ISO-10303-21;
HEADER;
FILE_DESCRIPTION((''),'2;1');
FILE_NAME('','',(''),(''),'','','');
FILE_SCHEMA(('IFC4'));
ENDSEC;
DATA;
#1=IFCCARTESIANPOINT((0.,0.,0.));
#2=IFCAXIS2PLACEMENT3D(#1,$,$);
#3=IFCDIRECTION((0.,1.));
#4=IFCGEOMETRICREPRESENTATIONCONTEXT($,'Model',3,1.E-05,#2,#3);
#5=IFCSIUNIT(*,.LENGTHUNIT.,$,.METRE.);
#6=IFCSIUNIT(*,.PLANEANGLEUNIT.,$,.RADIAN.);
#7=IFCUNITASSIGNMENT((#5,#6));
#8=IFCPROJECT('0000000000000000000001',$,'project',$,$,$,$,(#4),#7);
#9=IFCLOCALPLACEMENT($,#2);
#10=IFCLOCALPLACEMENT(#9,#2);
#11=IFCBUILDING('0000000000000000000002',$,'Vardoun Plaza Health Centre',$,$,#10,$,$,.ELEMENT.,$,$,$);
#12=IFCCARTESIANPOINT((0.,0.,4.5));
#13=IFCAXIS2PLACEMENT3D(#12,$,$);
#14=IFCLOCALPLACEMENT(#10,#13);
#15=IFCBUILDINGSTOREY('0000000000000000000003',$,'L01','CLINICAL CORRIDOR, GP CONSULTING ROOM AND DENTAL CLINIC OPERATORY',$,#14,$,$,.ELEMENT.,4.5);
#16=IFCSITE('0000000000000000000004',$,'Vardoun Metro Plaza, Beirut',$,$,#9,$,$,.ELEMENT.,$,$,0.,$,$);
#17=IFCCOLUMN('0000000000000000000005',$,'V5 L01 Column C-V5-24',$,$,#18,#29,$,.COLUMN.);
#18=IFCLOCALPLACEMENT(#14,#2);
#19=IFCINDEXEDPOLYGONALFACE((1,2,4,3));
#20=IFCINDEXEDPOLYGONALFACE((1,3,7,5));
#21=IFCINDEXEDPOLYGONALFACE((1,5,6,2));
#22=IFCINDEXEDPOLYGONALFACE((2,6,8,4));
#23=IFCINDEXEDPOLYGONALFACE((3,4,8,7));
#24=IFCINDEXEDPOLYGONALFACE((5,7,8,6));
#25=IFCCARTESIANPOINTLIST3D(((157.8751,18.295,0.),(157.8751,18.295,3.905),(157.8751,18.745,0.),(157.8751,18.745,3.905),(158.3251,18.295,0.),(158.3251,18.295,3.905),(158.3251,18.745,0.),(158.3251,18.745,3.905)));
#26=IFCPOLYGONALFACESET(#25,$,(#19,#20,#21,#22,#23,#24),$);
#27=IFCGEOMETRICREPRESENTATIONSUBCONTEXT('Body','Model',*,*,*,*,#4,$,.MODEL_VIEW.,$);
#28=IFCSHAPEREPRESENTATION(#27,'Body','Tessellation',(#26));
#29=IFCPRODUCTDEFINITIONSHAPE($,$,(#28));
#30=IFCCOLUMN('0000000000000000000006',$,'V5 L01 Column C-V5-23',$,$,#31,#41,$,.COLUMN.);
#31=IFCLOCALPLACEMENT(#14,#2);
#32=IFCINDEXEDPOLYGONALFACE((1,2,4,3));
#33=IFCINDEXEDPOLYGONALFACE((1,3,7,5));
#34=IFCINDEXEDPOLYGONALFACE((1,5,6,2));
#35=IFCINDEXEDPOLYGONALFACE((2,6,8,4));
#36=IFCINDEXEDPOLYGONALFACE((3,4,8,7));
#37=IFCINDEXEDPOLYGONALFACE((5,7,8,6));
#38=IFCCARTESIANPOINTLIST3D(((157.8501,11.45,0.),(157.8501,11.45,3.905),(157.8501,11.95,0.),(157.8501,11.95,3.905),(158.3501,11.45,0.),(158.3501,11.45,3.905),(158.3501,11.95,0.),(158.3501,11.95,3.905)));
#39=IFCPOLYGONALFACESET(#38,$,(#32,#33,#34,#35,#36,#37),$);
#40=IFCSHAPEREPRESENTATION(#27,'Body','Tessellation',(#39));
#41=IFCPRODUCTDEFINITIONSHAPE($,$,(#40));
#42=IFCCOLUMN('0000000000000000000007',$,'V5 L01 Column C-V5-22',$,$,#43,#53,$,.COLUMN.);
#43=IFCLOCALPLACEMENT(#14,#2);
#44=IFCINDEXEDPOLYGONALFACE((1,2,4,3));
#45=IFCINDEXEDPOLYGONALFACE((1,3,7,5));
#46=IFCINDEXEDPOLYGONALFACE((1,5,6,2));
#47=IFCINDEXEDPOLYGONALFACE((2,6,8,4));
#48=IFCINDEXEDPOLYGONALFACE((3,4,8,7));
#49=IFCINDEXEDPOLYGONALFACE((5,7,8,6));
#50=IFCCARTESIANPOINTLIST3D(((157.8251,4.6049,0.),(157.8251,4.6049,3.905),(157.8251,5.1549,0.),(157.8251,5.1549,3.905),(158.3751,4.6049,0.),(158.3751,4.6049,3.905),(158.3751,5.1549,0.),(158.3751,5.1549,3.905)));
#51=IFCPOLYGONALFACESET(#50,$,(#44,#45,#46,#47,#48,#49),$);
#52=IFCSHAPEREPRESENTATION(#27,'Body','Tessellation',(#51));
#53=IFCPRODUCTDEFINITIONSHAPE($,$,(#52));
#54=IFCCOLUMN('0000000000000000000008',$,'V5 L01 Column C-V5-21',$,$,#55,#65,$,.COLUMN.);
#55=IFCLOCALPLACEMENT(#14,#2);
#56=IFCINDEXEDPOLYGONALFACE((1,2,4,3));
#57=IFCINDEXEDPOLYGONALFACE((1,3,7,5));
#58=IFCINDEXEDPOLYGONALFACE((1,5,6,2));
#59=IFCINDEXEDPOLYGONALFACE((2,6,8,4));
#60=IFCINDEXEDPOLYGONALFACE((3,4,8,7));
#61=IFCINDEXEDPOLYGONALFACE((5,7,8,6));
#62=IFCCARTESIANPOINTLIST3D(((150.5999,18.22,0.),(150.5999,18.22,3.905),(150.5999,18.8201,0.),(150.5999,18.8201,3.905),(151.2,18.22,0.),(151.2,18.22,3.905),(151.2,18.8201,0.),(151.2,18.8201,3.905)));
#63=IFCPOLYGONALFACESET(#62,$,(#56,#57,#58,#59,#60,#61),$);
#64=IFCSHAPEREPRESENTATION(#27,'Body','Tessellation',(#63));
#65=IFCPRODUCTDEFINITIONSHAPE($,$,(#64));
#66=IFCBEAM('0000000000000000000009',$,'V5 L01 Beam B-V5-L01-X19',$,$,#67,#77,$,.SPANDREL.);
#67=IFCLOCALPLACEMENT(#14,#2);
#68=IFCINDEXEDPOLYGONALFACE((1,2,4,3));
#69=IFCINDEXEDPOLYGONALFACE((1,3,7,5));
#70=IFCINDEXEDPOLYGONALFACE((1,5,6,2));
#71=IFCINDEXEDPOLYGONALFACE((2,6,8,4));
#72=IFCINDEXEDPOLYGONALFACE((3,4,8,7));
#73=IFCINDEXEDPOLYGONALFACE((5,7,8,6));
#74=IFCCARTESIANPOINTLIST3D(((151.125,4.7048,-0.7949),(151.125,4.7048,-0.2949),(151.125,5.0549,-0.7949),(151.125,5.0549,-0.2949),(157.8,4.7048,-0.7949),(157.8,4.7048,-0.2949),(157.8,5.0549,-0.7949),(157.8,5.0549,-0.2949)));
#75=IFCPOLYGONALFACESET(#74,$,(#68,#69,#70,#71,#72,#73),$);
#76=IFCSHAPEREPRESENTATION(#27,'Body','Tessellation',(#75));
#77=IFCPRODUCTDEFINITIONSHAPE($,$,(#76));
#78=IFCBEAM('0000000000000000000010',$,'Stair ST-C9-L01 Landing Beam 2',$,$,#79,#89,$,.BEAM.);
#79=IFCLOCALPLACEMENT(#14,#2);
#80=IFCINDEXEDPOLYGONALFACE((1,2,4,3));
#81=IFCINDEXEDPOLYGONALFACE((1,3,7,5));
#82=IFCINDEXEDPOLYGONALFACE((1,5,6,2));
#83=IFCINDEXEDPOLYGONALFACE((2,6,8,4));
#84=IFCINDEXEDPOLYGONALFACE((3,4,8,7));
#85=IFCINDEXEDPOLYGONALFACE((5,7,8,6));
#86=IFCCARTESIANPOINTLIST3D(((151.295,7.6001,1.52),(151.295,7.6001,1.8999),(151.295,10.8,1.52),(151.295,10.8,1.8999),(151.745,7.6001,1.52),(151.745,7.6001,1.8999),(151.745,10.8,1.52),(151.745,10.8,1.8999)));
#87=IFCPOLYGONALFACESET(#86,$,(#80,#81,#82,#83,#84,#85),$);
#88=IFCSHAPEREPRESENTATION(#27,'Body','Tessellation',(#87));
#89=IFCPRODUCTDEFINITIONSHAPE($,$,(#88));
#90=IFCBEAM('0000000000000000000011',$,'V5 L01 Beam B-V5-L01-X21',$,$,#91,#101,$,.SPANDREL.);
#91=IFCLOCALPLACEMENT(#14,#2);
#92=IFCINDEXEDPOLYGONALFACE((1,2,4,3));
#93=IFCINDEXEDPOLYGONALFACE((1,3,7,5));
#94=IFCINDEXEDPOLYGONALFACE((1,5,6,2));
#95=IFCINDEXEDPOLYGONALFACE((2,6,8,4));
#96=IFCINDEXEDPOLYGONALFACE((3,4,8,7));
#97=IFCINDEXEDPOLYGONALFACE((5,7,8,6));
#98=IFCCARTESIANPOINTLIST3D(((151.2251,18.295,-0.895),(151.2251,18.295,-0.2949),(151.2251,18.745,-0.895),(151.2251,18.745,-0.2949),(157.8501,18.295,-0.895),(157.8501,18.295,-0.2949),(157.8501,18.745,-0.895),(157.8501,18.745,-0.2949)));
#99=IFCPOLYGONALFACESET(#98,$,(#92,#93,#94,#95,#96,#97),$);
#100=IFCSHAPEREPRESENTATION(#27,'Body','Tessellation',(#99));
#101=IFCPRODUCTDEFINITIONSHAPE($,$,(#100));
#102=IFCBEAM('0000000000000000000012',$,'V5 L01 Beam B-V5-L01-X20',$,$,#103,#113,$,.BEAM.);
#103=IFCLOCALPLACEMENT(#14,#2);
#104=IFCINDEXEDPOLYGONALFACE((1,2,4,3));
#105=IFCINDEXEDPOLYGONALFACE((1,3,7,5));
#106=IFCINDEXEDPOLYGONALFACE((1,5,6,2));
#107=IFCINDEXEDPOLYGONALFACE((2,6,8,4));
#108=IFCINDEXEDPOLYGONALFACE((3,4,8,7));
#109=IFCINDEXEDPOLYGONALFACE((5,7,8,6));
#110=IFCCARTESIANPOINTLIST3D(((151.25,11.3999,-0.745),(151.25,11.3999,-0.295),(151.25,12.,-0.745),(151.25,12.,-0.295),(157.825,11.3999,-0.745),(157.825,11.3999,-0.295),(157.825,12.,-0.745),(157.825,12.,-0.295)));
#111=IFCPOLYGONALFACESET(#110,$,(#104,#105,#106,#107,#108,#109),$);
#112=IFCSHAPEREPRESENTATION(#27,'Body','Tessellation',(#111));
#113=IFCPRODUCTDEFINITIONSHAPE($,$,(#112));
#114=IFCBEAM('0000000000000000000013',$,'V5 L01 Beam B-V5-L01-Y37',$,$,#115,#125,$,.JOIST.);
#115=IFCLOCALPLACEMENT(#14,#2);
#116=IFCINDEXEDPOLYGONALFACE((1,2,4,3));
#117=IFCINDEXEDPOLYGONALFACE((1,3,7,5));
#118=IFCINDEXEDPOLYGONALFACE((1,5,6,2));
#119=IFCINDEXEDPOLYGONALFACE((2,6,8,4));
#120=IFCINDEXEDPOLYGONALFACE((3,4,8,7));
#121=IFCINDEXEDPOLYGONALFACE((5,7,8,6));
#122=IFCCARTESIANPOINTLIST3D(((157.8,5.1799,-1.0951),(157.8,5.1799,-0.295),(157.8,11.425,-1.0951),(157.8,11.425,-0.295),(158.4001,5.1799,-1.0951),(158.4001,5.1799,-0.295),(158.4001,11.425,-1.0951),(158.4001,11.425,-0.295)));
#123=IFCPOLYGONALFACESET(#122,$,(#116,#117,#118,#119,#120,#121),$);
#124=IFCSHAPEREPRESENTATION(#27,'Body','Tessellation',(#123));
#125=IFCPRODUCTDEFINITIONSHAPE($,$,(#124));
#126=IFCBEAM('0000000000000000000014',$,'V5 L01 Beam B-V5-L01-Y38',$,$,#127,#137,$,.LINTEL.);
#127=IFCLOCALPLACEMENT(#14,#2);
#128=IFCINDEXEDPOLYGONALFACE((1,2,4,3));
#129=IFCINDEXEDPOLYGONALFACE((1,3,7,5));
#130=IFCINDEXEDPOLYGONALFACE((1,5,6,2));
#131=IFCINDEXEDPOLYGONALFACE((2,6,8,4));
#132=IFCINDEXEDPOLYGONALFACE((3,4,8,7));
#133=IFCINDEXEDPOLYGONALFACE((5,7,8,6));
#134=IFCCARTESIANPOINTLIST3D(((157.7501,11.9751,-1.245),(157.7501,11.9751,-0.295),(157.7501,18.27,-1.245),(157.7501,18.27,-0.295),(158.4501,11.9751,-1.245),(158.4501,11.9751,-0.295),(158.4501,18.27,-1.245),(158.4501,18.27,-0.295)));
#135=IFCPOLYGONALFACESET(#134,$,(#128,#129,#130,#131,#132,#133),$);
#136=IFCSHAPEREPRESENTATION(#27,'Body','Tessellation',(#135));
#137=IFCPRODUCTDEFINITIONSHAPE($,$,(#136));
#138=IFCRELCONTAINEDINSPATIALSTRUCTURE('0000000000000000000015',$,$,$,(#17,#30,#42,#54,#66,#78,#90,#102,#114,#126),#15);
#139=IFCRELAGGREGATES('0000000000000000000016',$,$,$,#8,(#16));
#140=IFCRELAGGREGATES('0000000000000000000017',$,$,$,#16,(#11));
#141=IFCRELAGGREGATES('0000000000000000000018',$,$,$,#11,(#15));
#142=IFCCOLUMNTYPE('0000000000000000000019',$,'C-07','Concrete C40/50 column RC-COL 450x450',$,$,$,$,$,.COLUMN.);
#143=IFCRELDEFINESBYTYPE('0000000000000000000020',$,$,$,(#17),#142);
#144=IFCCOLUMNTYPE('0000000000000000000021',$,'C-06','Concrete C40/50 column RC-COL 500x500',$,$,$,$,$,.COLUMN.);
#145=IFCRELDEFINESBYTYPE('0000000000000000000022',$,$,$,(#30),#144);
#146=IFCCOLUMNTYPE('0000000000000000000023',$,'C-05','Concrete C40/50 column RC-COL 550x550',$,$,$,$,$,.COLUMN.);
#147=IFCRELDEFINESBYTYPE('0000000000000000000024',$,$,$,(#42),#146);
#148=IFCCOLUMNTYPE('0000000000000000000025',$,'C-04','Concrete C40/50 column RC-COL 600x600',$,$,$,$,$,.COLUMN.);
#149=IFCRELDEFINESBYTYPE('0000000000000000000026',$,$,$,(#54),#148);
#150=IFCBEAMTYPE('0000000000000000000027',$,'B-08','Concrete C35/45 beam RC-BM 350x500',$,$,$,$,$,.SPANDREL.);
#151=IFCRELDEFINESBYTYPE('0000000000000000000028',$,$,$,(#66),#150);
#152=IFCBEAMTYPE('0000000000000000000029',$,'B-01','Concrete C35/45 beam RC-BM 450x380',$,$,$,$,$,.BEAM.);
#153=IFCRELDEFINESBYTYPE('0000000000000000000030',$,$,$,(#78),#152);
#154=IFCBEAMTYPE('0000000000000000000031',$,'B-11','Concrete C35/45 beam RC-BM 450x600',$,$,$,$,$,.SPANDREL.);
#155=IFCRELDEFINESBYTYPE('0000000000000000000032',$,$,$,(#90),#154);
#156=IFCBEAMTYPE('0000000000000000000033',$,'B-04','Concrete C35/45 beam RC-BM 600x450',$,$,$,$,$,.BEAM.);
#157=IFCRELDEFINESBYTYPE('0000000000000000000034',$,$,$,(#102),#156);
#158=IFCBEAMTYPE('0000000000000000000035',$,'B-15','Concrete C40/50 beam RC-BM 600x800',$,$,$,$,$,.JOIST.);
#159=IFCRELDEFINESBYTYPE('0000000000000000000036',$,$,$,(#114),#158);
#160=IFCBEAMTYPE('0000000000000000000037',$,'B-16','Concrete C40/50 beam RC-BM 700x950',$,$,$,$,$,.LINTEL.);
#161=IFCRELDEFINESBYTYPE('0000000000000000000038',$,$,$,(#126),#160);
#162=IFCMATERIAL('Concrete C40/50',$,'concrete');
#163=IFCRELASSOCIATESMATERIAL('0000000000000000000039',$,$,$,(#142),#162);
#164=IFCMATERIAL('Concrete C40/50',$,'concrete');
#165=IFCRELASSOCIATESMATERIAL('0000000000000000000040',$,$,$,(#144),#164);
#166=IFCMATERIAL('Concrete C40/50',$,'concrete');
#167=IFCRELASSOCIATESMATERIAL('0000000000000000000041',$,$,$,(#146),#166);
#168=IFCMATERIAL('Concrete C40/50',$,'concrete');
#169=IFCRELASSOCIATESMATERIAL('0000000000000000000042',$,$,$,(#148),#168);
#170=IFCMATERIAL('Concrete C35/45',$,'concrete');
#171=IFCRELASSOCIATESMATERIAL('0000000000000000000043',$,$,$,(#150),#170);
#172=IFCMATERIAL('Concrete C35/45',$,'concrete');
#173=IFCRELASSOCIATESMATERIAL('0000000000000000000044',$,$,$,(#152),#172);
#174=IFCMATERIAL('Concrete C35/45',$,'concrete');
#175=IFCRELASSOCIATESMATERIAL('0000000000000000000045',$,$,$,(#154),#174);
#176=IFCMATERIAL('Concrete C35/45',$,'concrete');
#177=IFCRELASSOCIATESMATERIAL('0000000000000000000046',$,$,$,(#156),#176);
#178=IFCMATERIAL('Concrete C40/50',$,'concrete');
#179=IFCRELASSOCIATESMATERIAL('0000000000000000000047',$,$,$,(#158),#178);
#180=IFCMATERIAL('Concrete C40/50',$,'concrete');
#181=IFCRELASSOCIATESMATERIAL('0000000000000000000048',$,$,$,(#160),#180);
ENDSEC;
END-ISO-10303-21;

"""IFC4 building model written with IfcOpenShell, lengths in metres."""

from ifc_helpers import new_model, si_unit, direction, frame, origin, origin_2d, place, context, subcontext, project, spatial, rectangle, extrude, material, material_profile, profile_set, type_object, element, save


model = new_model("IFC4")

# Units and contexts
model_context = context("Model", 3, precision=1e-05, world=origin(), true_north=direction((0.0, 1.0)))
body_context = subcontext(model_context, "Body", "Model", "MODEL_VIEW")
ifc_project = project(units=[si_unit("LENGTHUNIT", "METRE"), si_unit("PLANEANGLEUNIT", "RADIAN")], contexts=[model_context])

# Site, building, storey
site_placement = place(None, origin())
site = spatial("IfcSite", under=ifc_project, at=site_placement, Name="Vardoun Metro Plaza, Beirut", CompositionType="ELEMENT", RefElevation=0.0)
building_placement = place(site_placement, origin())
building = spatial("IfcBuilding", under=site, at=building_placement, Name="Vardoun Plaza Health Centre", CompositionType="ELEMENT")
storey_placement = place(building_placement, frame((0.0, 0.0, 4.5)))
storey = spatial("IfcBuildingStorey", under=building, at=storey_placement, Name="L01", Description="CLINICAL CORRIDOR, GP CONSULTING ROOM AND DENTAL CLINIC OPERATORY", CompositionType="ELEMENT", Elevation=4.5)

# Columns
ifc_material_1 = material(Name="Concrete C40/50", Category="concrete")
ifc_material_profile_1 = material_profile(ifc_material_1, rectangle(XDim=0.45, YDim=0.45, at=origin_2d()), Name="RC-COL 450x450")
ifc_profile_set_1 = profile_set([ifc_material_profile_1], Name="Concrete C40/50")
column_type_1 = type_object("IfcColumnType", Name="C-07", Description="Concrete C40/50 column RC-COL 450x450", PredefinedType="COLUMN", material=ifc_profile_set_1)
column_1_placement = place(storey_placement, frame((158.1001, 18.52, 0.0), z_axis=(0.0, 0.0, 1.0), x_axis=(1.0, 0.0, 0.0)))
element("IfcColumn", 1, at=column_1_placement, inside=storey, type_object=column_type_1, Name="V5 L01 Column C-V5-24", PredefinedType="COLUMN", context=body_context, shape_type="SweptSolid", body=[
    extrude(rectangle(XDim=0.45, YDim=0.45, at=origin_2d()), origin(), (0.0, 0.0, 1.0), 3.905),
])
ifc_material_2 = material(Name="Concrete C40/50", Category="concrete")
ifc_material_profile_2 = material_profile(ifc_material_2, rectangle(XDim=0.5, YDim=0.5, at=origin_2d()), Name="RC-COL 500x500")
ifc_profile_set_2 = profile_set([ifc_material_profile_2], Name="Concrete C40/50")
column_type_2 = type_object("IfcColumnType", Name="C-06", Description="Concrete C40/50 column RC-COL 500x500", PredefinedType="COLUMN", material=ifc_profile_set_2)
column_2_placement = place(storey_placement, frame((158.1001, 11.7, 0.0), z_axis=(0.0, 0.0, 1.0), x_axis=(1.0, 0.0, 0.0)))
element("IfcColumn", 2, at=column_2_placement, inside=storey, type_object=column_type_2, Name="V5 L01 Column C-V5-23", PredefinedType="COLUMN", context=body_context, shape_type="SweptSolid", body=[
    extrude(rectangle(XDim=0.5, YDim=0.5, at=origin_2d()), origin(), (0.0, 0.0, 1.0), 3.905),
])
ifc_material_3 = material(Name="Concrete C40/50", Category="concrete")
ifc_material_profile_3 = material_profile(ifc_material_3, rectangle(XDim=0.55, YDim=0.55, at=origin_2d()), Name="RC-COL 550x550")
ifc_profile_set_3 = profile_set([ifc_material_profile_3], Name="Concrete C40/50")
column_type_3 = type_object("IfcColumnType", Name="C-05", Description="Concrete C40/50 column RC-COL 550x550", PredefinedType="COLUMN", material=ifc_profile_set_3)
column_3_placement = place(storey_placement, frame((158.1001, 4.8799, 0.0), z_axis=(0.0, 0.0, 1.0), x_axis=(1.0, 0.0, 0.0)))
element("IfcColumn", 3, at=column_3_placement, inside=storey, type_object=column_type_3, Name="V5 L01 Column C-V5-22", PredefinedType="COLUMN", context=body_context, shape_type="SweptSolid", body=[
    extrude(rectangle(XDim=0.55, YDim=0.55, at=origin_2d()), origin(), (0.0, 0.0, 1.0), 3.905),
])
ifc_material_4 = material(Name="Concrete C40/50", Category="concrete")
ifc_material_profile_4 = material_profile(ifc_material_4, rectangle(XDim=0.6001, YDim=0.6001, at=origin_2d()), Name="RC-COL 600x600")
ifc_profile_set_4 = profile_set([ifc_material_profile_4], Name="Concrete C40/50")
column_type_4 = type_object("IfcColumnType", Name="C-04", Description="Concrete C40/50 column RC-COL 600x600", PredefinedType="COLUMN", material=ifc_profile_set_4)
column_4_placement = place(storey_placement, frame((150.8999, 18.52, 0.0), z_axis=(0.0, 0.0, 1.0), x_axis=(1.0, 0.0, 0.0)))
element("IfcColumn", 4, at=column_4_placement, inside=storey, type_object=column_type_4, Name="V5 L01 Column C-V5-21", PredefinedType="COLUMN", context=body_context, shape_type="SweptSolid", body=[
    extrude(rectangle(XDim=0.6001, YDim=0.6001, at=origin_2d()), origin(), (0.0, 0.0, 1.0), 3.905),
])

# Beams
ifc_material_5 = material(Name="Concrete C35/45", Category="concrete")
ifc_material_profile_5 = material_profile(ifc_material_5, rectangle(XDim=0.3501, YDim=0.5, at=origin_2d()), Name="RC-BM 350x500")
ifc_profile_set_5 = profile_set([ifc_material_profile_5], Name="Concrete C35/45")
beam_type_1 = type_object("IfcBeamType", Name="B-08", Description="Concrete C35/45 beam RC-BM 350x500", PredefinedType="SPANDREL", material=ifc_profile_set_5)
beam_1_placement = place(storey_placement, frame((151.125, 4.8799, -0.5449), z_axis=(1.0, 0.0, 0.0), x_axis=(0.0, 1.0, 0.0)))
element("IfcBeam", 5, at=beam_1_placement, inside=storey, type_object=beam_type_1, Name="V5 L01 Beam B-V5-L01-X19", PredefinedType="SPANDREL", context=body_context, shape_type="SweptSolid", body=[
    extrude(rectangle(XDim=0.3501, YDim=0.5, at=origin_2d()), origin(), (0.0, 0.0, 1.0), 6.675),
])
ifc_material_6 = material(Name="Concrete C35/45", Category="concrete")
ifc_material_profile_6 = material_profile(ifc_material_6, rectangle(XDim=0.45, YDim=0.3799, at=origin_2d()), Name="RC-BM 450x380")
ifc_profile_set_6 = profile_set([ifc_material_profile_6], Name="Concrete C35/45")
beam_type_2 = type_object("IfcBeamType", Name="B-01", Description="Concrete C35/45 beam RC-BM 450x380", PredefinedType="BEAM", material=ifc_profile_set_6)
beam_2_placement = place(storey_placement, frame((151.52, 7.6001, 1.71), z_axis=(0.0, 1.0, 0.0), x_axis=(-1.0, 0.0, 0.0)))
element("IfcBeam", 6, at=beam_2_placement, inside=storey, type_object=beam_type_2, Name="Stair ST-C9-L01 Landing Beam 2", PredefinedType="BEAM", context=body_context, shape_type="SweptSolid", body=[
    extrude(rectangle(XDim=0.45, YDim=0.3799, at=origin_2d()), origin(), (0.0, 0.0, 1.0), 3.2),
])
ifc_material_7 = material(Name="Concrete C35/45", Category="concrete")
ifc_material_profile_7 = material_profile(ifc_material_7, rectangle(XDim=0.45, YDim=0.6001, at=origin_2d()), Name="RC-BM 450x600")
ifc_profile_set_7 = profile_set([ifc_material_profile_7], Name="Concrete C35/45")
beam_type_3 = type_object("IfcBeamType", Name="B-11", Description="Concrete C35/45 beam RC-BM 450x600", PredefinedType="SPANDREL", material=ifc_profile_set_7)
beam_3_placement = place(storey_placement, frame((151.2251, 18.52, -0.595), z_axis=(1.0, 0.0, 0.0), x_axis=(0.0, 1.0, 0.0)))
element("IfcBeam", 7, at=beam_3_placement, inside=storey, type_object=beam_type_3, Name="V5 L01 Beam B-V5-L01-X21", PredefinedType="SPANDREL", context=body_context, shape_type="SweptSolid", body=[
    extrude(rectangle(XDim=0.45, YDim=0.6001, at=origin_2d()), origin(), (0.0, 0.0, 1.0), 6.625),
])
ifc_material_8 = material(Name="Concrete C35/45", Category="concrete")
ifc_material_profile_8 = material_profile(ifc_material_8, rectangle(XDim=0.6001, YDim=0.45, at=origin_2d()), Name="RC-BM 600x450")
ifc_profile_set_8 = profile_set([ifc_material_profile_8], Name="Concrete C35/45")
beam_type_4 = type_object("IfcBeamType", Name="B-04", Description="Concrete C35/45 beam RC-BM 600x450", PredefinedType="BEAM", material=ifc_profile_set_8)
beam_4_placement = place(storey_placement, frame((151.25, 11.7, -0.52), z_axis=(1.0, 0.0, 0.0), x_axis=(0.0, 1.0, 0.0)))
element("IfcBeam", 8, at=beam_4_placement, inside=storey, type_object=beam_type_4, Name="V5 L01 Beam B-V5-L01-X20", PredefinedType="BEAM", context=body_context, shape_type="SweptSolid", body=[
    extrude(rectangle(XDim=0.6001, YDim=0.45, at=origin_2d()), origin(), (0.0, 0.0, 1.0), 6.575),
])
ifc_material_9 = material(Name="Concrete C40/50", Category="concrete")
ifc_material_profile_9 = material_profile(ifc_material_9, rectangle(XDim=0.6001, YDim=0.8, at=origin_2d()), Name="RC-BM 600x800")
ifc_profile_set_9 = profile_set([ifc_material_profile_9], Name="Concrete C40/50")
beam_type_5 = type_object("IfcBeamType", Name="B-15", Description="Concrete C40/50 beam RC-BM 600x800", PredefinedType="JOIST", material=ifc_profile_set_9)
beam_5_placement = place(storey_placement, frame((158.1001, 5.1799, -0.6951), z_axis=(0.0, 1.0, 0.0), x_axis=(-1.0, 0.0, 0.0)))
element("IfcBeam", 9, at=beam_5_placement, inside=storey, type_object=beam_type_5, Name="V5 L01 Beam B-V5-L01-Y37", PredefinedType="JOIST", context=body_context, shape_type="SweptSolid", body=[
    extrude(rectangle(XDim=0.6001, YDim=0.8, at=origin_2d()), origin(), (0.0, 0.0, 1.0), 6.2451),
])
ifc_material_10 = material(Name="Concrete C40/50", Category="concrete")
ifc_material_profile_10 = material_profile(ifc_material_10, rectangle(XDim=0.7, YDim=0.95, at=origin_2d()), Name="RC-BM 700x950")
ifc_profile_set_10 = profile_set([ifc_material_profile_10], Name="Concrete C40/50")
beam_type_6 = type_object("IfcBeamType", Name="B-16", Description="Concrete C40/50 beam RC-BM 700x950", PredefinedType="LINTEL", material=ifc_profile_set_10)
beam_6_placement = place(storey_placement, frame((158.1001, 11.9751, -0.77), z_axis=(0.0, 1.0, 0.0), x_axis=(-1.0, 0.0, 0.0)))
element("IfcBeam", 10, at=beam_6_placement, inside=storey, type_object=beam_type_6, Name="V5 L01 Beam B-V5-L01-Y38", PredefinedType="LINTEL", context=body_context, shape_type="SweptSolid", body=[
    extrude(rectangle(XDim=0.7, YDim=0.95, at=origin_2d()), origin(), (0.0, 0.0, 1.0), 6.2949),
])

save(model, "model.ifc")
